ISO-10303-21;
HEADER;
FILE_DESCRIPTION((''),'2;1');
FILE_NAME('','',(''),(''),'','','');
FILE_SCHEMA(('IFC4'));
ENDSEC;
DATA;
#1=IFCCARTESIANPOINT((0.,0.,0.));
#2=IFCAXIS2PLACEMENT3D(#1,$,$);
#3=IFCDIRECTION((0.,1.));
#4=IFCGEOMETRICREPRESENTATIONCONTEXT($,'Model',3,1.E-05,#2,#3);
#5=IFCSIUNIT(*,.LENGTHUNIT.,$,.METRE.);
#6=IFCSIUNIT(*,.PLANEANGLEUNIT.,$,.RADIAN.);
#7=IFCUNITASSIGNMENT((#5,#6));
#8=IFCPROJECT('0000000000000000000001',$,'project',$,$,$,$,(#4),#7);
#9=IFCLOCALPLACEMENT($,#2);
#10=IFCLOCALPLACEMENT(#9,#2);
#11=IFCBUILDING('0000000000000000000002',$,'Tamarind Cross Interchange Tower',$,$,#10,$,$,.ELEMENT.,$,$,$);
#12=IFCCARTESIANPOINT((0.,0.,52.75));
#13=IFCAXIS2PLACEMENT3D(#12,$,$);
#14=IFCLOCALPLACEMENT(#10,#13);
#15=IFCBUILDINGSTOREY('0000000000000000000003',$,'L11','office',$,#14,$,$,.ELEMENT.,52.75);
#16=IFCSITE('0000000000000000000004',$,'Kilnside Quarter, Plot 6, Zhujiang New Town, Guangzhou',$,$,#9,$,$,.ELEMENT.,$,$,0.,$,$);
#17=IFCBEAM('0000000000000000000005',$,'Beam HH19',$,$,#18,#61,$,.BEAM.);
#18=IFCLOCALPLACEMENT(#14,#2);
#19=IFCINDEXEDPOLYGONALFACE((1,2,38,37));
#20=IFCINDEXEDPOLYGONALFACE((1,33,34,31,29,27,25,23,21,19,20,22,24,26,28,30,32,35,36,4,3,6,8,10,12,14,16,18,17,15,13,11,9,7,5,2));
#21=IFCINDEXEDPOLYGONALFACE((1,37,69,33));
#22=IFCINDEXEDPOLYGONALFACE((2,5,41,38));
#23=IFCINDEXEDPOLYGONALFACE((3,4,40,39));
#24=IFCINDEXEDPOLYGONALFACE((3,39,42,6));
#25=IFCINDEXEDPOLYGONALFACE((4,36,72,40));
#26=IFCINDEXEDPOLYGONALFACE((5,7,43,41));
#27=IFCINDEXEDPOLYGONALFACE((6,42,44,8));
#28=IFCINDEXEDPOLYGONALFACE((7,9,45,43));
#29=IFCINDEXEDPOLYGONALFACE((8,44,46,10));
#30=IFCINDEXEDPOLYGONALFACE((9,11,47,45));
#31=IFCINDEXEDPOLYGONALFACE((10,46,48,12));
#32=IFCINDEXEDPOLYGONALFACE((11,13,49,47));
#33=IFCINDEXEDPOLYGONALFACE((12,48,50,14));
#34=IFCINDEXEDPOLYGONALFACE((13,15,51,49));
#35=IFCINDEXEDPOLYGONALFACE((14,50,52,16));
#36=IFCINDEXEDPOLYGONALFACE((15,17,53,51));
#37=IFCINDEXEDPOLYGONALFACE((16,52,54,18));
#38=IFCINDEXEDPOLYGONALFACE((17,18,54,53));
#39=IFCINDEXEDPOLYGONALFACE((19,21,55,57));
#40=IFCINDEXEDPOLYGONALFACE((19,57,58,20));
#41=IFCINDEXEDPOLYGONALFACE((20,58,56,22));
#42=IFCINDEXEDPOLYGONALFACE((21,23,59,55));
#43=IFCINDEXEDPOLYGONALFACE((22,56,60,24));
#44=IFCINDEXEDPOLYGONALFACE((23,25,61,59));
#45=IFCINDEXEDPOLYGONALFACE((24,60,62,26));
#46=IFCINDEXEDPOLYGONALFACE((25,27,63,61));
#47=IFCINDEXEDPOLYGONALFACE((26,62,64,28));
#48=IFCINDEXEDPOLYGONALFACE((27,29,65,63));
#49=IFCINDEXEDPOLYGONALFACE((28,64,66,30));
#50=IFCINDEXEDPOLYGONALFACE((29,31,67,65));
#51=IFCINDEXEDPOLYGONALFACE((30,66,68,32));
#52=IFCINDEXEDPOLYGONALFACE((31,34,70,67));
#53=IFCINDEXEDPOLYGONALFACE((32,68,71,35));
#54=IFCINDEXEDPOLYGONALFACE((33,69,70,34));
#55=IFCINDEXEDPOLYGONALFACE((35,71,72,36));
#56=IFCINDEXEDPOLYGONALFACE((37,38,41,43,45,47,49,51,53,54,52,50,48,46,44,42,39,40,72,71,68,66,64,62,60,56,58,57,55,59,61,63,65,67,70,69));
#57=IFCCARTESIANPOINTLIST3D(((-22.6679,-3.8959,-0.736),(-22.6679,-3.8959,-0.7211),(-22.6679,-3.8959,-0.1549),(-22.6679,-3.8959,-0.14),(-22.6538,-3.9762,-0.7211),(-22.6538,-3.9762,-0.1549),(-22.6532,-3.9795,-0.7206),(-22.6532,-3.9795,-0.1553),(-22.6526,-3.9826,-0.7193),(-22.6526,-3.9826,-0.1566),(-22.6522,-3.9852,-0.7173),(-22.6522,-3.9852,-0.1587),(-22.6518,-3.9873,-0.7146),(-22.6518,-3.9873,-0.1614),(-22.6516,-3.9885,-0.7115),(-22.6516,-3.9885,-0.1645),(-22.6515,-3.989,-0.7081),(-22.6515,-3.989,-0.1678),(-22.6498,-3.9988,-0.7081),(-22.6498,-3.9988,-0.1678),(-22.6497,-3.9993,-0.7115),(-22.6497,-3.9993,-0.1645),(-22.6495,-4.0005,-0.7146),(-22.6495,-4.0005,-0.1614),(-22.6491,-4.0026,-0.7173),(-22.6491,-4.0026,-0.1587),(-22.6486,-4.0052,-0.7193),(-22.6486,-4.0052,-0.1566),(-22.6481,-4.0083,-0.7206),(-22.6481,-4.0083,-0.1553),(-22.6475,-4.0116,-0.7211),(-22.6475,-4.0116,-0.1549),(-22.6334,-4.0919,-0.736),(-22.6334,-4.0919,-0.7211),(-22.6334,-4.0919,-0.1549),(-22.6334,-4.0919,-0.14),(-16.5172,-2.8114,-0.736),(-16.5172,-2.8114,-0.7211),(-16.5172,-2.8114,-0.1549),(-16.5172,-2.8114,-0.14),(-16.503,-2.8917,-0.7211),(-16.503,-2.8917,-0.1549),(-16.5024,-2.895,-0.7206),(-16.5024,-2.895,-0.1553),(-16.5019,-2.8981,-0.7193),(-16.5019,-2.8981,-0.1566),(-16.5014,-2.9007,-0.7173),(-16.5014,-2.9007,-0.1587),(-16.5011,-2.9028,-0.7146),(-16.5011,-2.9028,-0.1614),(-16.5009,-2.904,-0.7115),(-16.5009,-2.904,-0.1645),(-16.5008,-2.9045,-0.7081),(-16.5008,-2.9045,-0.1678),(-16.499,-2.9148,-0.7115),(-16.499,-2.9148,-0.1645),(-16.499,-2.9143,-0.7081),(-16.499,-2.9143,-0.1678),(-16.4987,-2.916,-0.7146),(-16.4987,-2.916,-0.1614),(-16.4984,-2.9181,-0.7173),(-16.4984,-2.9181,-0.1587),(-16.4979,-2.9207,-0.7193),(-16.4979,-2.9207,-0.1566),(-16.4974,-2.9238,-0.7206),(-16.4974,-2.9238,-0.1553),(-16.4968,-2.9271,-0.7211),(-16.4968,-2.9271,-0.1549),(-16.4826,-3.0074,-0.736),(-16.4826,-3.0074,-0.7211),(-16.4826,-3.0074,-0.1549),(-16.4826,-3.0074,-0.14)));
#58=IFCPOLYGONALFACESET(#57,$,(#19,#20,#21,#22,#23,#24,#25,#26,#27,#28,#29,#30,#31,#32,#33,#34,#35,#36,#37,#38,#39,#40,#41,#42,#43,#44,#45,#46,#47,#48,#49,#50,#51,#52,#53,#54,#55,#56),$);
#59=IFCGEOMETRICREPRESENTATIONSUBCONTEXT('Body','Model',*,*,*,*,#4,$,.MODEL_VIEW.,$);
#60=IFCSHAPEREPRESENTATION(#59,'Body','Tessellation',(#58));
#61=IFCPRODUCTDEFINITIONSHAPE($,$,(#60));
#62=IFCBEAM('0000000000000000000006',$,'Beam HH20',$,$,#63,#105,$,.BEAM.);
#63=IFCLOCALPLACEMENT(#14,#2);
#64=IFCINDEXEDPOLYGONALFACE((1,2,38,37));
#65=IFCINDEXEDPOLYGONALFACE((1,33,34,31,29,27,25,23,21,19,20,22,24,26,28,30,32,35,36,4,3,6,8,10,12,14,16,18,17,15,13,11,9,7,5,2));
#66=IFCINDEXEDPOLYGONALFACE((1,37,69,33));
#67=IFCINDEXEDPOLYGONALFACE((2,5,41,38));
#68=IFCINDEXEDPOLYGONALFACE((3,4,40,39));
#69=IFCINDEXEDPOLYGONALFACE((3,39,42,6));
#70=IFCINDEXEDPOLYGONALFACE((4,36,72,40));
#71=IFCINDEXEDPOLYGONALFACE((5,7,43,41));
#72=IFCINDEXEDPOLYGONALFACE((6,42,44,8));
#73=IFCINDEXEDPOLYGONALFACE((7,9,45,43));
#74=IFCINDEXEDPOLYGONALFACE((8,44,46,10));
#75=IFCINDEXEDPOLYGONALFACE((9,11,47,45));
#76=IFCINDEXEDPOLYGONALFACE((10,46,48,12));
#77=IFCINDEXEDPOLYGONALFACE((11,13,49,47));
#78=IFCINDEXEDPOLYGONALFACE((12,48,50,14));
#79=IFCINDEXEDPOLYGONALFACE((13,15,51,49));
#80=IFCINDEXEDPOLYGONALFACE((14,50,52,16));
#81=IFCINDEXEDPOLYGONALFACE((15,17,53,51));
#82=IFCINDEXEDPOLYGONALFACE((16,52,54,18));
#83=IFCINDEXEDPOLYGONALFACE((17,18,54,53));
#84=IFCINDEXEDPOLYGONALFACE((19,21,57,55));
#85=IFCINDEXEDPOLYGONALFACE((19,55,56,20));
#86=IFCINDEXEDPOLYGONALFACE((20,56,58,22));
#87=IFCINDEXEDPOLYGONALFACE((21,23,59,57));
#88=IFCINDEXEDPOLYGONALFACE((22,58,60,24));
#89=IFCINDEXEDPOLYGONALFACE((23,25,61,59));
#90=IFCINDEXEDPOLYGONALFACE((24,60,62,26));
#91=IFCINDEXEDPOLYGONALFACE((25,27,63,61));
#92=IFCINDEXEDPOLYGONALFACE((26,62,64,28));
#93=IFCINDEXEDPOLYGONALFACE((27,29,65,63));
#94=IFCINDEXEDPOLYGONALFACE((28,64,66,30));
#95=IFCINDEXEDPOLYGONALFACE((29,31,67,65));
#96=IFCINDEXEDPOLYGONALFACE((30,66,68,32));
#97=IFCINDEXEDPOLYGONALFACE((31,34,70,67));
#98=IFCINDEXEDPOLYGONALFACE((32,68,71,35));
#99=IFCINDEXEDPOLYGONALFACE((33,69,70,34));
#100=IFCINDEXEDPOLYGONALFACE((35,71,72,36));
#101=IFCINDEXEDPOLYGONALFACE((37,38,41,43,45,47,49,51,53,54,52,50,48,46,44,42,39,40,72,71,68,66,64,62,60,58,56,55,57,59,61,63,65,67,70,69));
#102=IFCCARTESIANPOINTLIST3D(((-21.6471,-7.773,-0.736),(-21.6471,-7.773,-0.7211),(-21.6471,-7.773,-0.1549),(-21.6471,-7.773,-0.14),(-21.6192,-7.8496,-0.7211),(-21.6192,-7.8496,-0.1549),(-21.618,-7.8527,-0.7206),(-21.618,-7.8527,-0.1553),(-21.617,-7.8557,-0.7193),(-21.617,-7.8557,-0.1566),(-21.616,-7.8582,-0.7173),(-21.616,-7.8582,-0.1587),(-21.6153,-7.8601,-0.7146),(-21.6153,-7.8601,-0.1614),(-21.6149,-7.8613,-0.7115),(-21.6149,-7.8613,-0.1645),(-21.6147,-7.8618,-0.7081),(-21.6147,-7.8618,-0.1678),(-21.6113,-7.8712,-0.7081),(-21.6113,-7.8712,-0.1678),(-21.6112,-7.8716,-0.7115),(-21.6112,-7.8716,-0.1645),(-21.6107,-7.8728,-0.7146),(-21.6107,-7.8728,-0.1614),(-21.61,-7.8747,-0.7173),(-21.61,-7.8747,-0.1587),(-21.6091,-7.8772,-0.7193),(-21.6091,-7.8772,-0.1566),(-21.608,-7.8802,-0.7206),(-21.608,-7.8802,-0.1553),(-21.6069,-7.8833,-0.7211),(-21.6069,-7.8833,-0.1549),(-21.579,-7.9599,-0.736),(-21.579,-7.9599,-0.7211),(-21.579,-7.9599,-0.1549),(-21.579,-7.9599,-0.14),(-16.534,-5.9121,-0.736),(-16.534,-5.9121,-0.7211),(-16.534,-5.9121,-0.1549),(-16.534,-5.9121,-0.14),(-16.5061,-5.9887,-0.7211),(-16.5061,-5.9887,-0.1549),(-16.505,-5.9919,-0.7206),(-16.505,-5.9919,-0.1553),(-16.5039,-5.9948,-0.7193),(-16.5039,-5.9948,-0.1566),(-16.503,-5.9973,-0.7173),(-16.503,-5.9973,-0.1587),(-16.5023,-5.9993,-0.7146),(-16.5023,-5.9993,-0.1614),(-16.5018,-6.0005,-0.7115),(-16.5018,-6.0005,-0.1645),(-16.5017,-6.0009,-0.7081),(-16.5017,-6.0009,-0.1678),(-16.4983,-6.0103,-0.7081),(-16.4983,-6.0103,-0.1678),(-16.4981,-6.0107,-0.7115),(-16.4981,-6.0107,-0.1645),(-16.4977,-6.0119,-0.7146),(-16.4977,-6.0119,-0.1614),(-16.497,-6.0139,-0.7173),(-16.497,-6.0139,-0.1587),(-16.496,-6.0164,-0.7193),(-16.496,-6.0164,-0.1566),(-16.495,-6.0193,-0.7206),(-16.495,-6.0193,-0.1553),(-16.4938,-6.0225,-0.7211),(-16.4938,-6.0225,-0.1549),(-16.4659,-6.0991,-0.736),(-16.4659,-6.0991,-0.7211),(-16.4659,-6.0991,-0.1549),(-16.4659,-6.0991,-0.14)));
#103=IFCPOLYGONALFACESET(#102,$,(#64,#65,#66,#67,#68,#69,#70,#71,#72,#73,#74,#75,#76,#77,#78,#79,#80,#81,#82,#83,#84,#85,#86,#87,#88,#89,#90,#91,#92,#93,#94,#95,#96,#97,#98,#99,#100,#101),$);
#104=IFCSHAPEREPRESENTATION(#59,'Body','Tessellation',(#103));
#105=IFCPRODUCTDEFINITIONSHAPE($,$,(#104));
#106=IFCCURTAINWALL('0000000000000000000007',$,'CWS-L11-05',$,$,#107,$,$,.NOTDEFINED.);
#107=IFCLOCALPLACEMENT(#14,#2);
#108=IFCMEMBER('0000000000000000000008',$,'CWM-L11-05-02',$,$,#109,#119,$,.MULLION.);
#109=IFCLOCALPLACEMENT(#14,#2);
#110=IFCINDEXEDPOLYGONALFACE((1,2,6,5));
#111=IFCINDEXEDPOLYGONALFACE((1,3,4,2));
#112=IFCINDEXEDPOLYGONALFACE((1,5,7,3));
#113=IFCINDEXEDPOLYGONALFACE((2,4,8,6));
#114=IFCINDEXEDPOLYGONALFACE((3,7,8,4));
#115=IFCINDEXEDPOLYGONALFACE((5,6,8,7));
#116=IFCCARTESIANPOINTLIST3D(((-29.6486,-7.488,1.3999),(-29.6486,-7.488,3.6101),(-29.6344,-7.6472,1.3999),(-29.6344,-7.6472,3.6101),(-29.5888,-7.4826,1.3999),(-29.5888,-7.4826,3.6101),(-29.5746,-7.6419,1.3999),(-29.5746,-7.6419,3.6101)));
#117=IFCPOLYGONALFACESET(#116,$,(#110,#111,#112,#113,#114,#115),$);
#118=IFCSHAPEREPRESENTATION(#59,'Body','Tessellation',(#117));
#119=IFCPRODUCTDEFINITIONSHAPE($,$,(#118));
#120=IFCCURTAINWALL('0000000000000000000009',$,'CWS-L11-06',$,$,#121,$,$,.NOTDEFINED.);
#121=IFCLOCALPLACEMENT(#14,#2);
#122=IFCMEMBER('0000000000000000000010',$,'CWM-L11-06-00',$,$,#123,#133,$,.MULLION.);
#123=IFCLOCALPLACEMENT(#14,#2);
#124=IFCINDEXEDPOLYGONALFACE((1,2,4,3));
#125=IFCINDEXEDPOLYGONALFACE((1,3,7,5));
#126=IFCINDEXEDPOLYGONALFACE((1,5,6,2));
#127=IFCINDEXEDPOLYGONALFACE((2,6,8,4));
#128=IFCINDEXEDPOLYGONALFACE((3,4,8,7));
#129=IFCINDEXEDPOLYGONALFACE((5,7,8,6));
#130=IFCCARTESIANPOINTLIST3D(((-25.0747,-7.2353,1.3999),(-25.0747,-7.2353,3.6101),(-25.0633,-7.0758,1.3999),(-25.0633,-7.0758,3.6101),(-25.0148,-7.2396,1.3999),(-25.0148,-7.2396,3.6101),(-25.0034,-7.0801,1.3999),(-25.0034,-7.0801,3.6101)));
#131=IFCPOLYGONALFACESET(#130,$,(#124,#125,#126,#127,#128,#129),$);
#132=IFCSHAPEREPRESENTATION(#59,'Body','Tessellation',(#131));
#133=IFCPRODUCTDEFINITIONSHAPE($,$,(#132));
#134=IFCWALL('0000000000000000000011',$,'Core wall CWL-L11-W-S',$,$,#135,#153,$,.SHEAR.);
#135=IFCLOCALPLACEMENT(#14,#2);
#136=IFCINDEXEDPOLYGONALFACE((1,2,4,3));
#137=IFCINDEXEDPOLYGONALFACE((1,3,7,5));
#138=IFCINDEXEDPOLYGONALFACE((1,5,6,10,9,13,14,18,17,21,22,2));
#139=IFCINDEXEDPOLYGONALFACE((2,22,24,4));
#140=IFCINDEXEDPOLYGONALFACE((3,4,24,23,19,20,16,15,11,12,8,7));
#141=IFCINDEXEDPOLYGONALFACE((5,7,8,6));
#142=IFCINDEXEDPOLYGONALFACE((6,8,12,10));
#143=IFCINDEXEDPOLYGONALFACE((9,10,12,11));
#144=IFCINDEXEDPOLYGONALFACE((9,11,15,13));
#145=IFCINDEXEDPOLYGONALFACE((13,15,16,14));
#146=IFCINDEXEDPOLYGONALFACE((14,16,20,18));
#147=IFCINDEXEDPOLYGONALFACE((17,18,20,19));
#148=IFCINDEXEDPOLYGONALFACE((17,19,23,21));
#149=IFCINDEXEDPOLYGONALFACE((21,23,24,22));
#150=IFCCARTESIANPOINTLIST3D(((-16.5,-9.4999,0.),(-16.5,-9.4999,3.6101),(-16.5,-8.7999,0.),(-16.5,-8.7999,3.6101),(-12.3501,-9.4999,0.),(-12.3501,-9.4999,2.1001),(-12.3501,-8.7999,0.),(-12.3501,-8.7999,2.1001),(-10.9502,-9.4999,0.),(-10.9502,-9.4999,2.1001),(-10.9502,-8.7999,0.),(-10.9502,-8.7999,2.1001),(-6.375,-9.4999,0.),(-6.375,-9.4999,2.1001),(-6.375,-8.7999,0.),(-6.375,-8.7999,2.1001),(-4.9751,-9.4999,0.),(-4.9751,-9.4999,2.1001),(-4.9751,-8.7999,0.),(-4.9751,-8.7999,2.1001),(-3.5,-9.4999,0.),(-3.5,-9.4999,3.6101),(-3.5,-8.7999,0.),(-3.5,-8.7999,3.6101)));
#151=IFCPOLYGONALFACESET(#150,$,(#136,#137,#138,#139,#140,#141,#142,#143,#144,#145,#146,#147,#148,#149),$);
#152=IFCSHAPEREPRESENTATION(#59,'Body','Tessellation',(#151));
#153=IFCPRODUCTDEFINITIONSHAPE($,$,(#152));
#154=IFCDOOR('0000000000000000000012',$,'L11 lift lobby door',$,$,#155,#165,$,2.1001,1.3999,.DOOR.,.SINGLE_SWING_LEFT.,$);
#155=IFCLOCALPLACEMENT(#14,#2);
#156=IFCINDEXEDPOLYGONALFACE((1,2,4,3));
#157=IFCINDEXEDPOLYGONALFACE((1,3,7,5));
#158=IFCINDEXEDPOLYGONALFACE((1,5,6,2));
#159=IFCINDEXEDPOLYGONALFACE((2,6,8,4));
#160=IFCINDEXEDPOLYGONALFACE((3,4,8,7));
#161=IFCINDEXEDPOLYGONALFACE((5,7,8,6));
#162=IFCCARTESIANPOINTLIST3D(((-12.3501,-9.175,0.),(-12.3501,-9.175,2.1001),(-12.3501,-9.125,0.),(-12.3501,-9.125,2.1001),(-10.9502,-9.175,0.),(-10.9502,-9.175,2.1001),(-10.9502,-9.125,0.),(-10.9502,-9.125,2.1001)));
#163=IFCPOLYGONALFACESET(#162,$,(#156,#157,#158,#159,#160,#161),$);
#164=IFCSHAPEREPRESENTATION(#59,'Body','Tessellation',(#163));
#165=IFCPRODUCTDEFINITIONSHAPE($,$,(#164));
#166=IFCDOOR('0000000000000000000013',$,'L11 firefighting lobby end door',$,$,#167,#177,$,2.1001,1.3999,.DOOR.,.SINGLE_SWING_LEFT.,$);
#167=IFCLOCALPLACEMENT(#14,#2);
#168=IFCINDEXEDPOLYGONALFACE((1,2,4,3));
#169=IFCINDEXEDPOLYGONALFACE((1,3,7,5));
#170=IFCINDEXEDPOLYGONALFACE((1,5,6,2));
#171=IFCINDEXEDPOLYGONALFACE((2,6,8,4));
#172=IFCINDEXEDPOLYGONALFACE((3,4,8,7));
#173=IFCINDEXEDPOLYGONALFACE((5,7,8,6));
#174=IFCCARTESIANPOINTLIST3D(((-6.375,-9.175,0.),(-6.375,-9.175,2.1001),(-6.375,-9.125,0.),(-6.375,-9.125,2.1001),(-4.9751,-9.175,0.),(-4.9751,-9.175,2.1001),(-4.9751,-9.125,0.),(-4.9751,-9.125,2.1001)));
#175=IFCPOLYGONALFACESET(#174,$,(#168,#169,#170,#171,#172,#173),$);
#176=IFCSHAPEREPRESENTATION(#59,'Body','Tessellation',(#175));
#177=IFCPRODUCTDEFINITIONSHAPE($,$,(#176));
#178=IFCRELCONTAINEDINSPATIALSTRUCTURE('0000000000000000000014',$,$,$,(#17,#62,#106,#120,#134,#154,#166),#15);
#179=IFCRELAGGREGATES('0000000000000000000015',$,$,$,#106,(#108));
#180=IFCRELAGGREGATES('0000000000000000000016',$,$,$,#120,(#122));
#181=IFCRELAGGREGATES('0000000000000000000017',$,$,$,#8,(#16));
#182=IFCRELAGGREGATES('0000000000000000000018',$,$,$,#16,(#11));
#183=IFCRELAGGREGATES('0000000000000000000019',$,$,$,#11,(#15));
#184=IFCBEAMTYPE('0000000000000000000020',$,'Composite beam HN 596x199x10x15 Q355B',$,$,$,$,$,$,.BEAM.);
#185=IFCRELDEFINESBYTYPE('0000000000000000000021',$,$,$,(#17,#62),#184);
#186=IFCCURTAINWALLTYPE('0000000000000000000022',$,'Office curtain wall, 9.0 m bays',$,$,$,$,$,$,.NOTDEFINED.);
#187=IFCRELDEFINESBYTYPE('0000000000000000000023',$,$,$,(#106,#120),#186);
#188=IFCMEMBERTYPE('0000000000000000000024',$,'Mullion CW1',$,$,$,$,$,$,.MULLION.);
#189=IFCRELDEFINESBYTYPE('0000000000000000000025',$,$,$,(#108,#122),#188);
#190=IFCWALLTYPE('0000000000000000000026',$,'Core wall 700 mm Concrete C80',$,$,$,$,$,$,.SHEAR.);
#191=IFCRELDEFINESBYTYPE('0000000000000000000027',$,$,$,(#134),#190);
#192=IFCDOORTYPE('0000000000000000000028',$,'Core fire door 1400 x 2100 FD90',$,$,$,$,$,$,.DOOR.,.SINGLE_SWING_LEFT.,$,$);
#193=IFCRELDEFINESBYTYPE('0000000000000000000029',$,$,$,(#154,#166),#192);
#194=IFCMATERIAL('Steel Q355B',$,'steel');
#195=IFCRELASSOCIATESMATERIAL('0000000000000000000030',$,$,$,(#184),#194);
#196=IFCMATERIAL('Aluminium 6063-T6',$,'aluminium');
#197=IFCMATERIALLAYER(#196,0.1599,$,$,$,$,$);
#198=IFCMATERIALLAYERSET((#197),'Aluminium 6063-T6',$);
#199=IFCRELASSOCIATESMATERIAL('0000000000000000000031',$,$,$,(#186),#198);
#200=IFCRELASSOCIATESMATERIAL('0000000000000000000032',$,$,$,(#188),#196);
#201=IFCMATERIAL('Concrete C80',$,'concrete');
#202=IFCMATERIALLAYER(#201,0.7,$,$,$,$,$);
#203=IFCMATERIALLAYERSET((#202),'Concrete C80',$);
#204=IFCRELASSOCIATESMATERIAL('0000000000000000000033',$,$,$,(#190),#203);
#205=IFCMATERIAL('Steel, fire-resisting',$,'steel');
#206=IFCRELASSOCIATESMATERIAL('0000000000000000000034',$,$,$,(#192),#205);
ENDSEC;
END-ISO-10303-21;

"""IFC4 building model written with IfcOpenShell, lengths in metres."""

from ifc_helpers import new_model, si_unit, direction, frame, frame_2d, origin, origin_2d, place, context, subcontext, project, spatial, rectangle, i_section, extrude, material, layer, layer_set, material_profile, profile_set, type_object, element, fill, aggregate, save


model = new_model("IFC4")

# Units and contexts
model_context = context("Model", 3, precision=1e-05, world=origin(), true_north=direction((0.0, 1.0)))
body_context = subcontext(model_context, "Body", "Model", "MODEL_VIEW")
ifc_project = project(units=[si_unit("LENGTHUNIT", "METRE"), si_unit("PLANEANGLEUNIT", "RADIAN")], contexts=[model_context])

# Site, building, storey
site_placement = place(None, origin())
site = spatial("IfcSite", under=ifc_project, at=site_placement, Name="Kilnside Quarter, Plot 6, Zhujiang New Town, Guangzhou", CompositionType="ELEMENT", RefElevation=0.0)
building_placement = place(site_placement, origin())
building = spatial("IfcBuilding", under=site, at=building_placement, Name="Tamarind Cross Interchange Tower", CompositionType="ELEMENT")
storey_placement = place(building_placement, frame((0.0, 0.0, 52.75)))
storey = spatial("IfcBuildingStorey", under=building, at=storey_placement, Name="L11", Description="office", CompositionType="ELEMENT", Elevation=52.75)

# Beams
ifc_material_1 = material(Name="Steel Q355B", Category="steel")
ifc_material_profile_1 = material_profile(ifc_material_1, i_section(OverallWidth=0.199, OverallDepth=0.5959, WebThickness=0.01, FlangeThickness=0.0149, FilletRadius=0.0129, at=origin_2d()), Name="HN 596x199x10x15")
ifc_profile_set_1 = profile_set([ifc_material_profile_1], Name="Steel Q355B")
beam_type = type_object("IfcBeamType", Name="Composite beam HN 596x199x10x15 Q355B", PredefinedType="BEAM", material=ifc_profile_set_1)
beam_1_placement = place(storey_placement, frame((-22.6506, -3.9939, -0.438), z_axis=(0.984809, 0.17364, 0.0), x_axis=(-0.17364, 0.984809, 0.0)))
element("IfcBeam", 1, at=beam_1_placement, inside=storey, type_object=beam_type, Name="Beam HH19", PredefinedType="BEAM", context=body_context, shape_type="SweptSolid", body=[
    extrude(i_section(OverallWidth=0.199, OverallDepth=0.5959, WebThickness=0.01, FlangeThickness=0.0149, FilletRadius=0.0129, at=origin_2d()), origin(), (0.0, 0.0, 1.0), 6.2456),
])
beam_2_placement = place(storey_placement, frame((-21.613, -7.8665, -0.438), z_axis=(0.939702, 0.341995, 0.0), x_axis=(-0.341995, 0.939702, 0.0)))
element("IfcBeam", 2, at=beam_2_placement, inside=storey, type_object=beam_type, Name="Beam HH20", PredefinedType="BEAM", context=body_context, shape_type="SweptSolid", body=[
    extrude(i_section(OverallWidth=0.199, OverallDepth=0.5959, WebThickness=0.01, FlangeThickness=0.0149, FilletRadius=0.0129, at=origin_2d()), origin(), (0.0, 0.0, 1.0), 5.4412),
])

# Curtain walls, members
ifc_material_2 = material(Name="Aluminium 6063-T6", Category="aluminium")
ifc_layer_1 = layer(ifc_material_2, 0.1599)
ifc_layer_set_1 = layer_set([ifc_layer_1], Name="Aluminium 6063-T6")
curtain_wall_type = type_object("IfcCurtainWallType", Name="Office curtain wall, 9.0 m bays", PredefinedType="NOTDEFINED", material=ifc_layer_set_1)
curtain_wall_1_placement = place(storey_placement, origin())
curtain_wall_1 = element("IfcCurtainWall", 3, at=curtain_wall_1_placement, inside=storey, type_object=curtain_wall_type, Name="CWS-L11-05", PredefinedType="NOTDEFINED")
ifc_material_profile_2 = material_profile(ifc_material_2, rectangle(XDim=0.0601, YDim=0.1599, at=origin_2d()), Name="Mullion CW1")
ifc_profile_set_2 = profile_set([ifc_material_profile_2], Name="Aluminium 6063-T6")
member_type = type_object("IfcMemberType", Name="Mullion CW1", PredefinedType="MULLION", material=ifc_profile_set_2)
member_1_placement = place(storey_placement, frame((-29.6116, -7.5649, 1.3999), z_axis=(0.0, 0.0, 1.0), x_axis=(0.99606, 0.088684, 0.0)))
member_1 = element("IfcMember", 4, at=member_1_placement, type_object=member_type, Name="CWM-L11-05-02", PredefinedType="MULLION", context=body_context, shape_type="SweptSolid", body=[
    extrude(rectangle(XDim=0.0601, YDim=0.1599, at=origin_2d()), origin(), (0.0, 0.0, 1.0), 2.2102),
])
aggregate(curtain_wall_1, [member_1])
curtain_wall_2_placement = place(storey_placement, origin())
curtain_wall_2 = element("IfcCurtainWall", 5, at=curtain_wall_2_placement, inside=storey, type_object=curtain_wall_type, Name="CWS-L11-06", PredefinedType="NOTDEFINED")
member_2_placement = place(storey_placement, frame((-25.0391, -7.1577, 1.3999), z_axis=(0.0, 0.0, 1.0), x_axis=(0.997462, -0.071194, 0.0)))
member_2 = element("IfcMember", 6, at=member_2_placement, type_object=member_type, Name="CWM-L11-06-00", PredefinedType="MULLION", context=body_context, shape_type="SweptSolid", body=[
    extrude(rectangle(XDim=0.0601, YDim=0.1599, at=origin_2d()), origin(), (0.0, 0.0, 1.0), 2.2102),
])
aggregate(curtain_wall_2, [member_2])

# Wall, openings, doors
ifc_material_3 = material(Name="Concrete C80", Category="concrete")
ifc_layer_2 = layer(ifc_material_3, 0.7)
ifc_layer_set_2 = layer_set([ifc_layer_2], Name="Concrete C80")
wall_type_1 = type_object("IfcWallType", Name="Core wall 700 mm Concrete C80", PredefinedType="SHEAR", material=ifc_layer_set_2)
wall_1_placement = place(storey_placement, frame((-16.5, -9.1499, 0.0), z_axis=(0.0, 0.0, 1.0), x_axis=(1.0, 0.0, 0.0)))
wall_1 = element("IfcWall", 7, at=wall_1_placement, inside=storey, type_object=wall_type_1, Name="Core wall CWL-L11-W-S", PredefinedType="SHEAR", context=body_context, shape_type="SweptSolid", body=[
    extrude(rectangle(XDim=13.0, YDim=0.7, at=frame_2d((6.5, 0.0))), origin(), (0.0, 0.0, 1.0), 3.6101),
])
opening_1_placement = place(wall_1_placement, frame((4.1499, 0.0, 0.0)))
opening_1 = element("IfcOpeningElement", 8, at=opening_1_placement, cuts=wall_1, PredefinedType="OPENING", context=body_context, shape_type="SweptSolid", body=[
    extrude(rectangle(XDim=1.3999, YDim=2.1001, at=frame_2d((0.7, 1.05))), frame((0.0, 0.3599, 0.0), z_axis=(0.0, -1.0, 0.0), x_axis=(1.0, 0.0, 0.0)), (0.0, 0.0, 1.0), 0.72),
])
opening_2_placement = place(wall_1_placement, frame((10.125, 0.0, 0.0)))
opening_2 = element("IfcOpeningElement", 9, at=opening_2_placement, cuts=wall_1, PredefinedType="OPENING", context=body_context, shape_type="SweptSolid", body=[
    extrude(rectangle(XDim=1.3999, YDim=2.1001, at=frame_2d((0.7, 1.05))), frame((0.0, 0.3599, 0.0), z_axis=(0.0, -1.0, 0.0), x_axis=(1.0, 0.0, 0.0)), (0.0, 0.0, 1.0), 0.72),
])
ifc_material_4 = material(Name="Steel, fire-resisting", Category="steel")
door_type_1 = type_object("IfcDoorType", Name="Core fire door 1400 x 2100 FD90", OperationType="SINGLE_SWING_LEFT", PredefinedType="DOOR", material=ifc_material_4)
door_1_placement = place(opening_1_placement, origin())
door_1 = element("IfcDoor", 10, at=door_1_placement, inside=storey, type_object=door_type_1, Name="L11 lift lobby door", OperationType="SINGLE_SWING_LEFT", OverallHeight=2.1001, OverallWidth=1.3999, PredefinedType="DOOR", context=body_context, shape_type="SweptSolid", body=[
    extrude(rectangle(XDim=1.3999, YDim=2.1001, at=frame_2d((0.7, 1.05))), frame((0.0, 0.0249, 0.0), z_axis=(0.0, -1.0, 0.0), x_axis=(1.0, 0.0, 0.0)), (0.0, 0.0, 1.0), 0.05),
])
fill(opening_1, door_1)
door_2_placement = place(opening_2_placement, origin())
door_2 = element("IfcDoor", 11, at=door_2_placement, inside=storey, type_object=door_type_1, Name="L11 firefighting lobby end door", OperationType="SINGLE_SWING_LEFT", OverallHeight=2.1001, OverallWidth=1.3999, PredefinedType="DOOR", context=body_context, shape_type="SweptSolid", body=[
    extrude(rectangle(XDim=1.3999, YDim=2.1001, at=frame_2d((0.7, 1.05))), frame((0.0, 0.0249, 0.0), z_axis=(0.0, -1.0, 0.0), x_axis=(1.0, 0.0, 0.0)), (0.0, 0.0, 1.0), 0.05),
])
fill(opening_2, door_2)

save(model, "model.ifc")
